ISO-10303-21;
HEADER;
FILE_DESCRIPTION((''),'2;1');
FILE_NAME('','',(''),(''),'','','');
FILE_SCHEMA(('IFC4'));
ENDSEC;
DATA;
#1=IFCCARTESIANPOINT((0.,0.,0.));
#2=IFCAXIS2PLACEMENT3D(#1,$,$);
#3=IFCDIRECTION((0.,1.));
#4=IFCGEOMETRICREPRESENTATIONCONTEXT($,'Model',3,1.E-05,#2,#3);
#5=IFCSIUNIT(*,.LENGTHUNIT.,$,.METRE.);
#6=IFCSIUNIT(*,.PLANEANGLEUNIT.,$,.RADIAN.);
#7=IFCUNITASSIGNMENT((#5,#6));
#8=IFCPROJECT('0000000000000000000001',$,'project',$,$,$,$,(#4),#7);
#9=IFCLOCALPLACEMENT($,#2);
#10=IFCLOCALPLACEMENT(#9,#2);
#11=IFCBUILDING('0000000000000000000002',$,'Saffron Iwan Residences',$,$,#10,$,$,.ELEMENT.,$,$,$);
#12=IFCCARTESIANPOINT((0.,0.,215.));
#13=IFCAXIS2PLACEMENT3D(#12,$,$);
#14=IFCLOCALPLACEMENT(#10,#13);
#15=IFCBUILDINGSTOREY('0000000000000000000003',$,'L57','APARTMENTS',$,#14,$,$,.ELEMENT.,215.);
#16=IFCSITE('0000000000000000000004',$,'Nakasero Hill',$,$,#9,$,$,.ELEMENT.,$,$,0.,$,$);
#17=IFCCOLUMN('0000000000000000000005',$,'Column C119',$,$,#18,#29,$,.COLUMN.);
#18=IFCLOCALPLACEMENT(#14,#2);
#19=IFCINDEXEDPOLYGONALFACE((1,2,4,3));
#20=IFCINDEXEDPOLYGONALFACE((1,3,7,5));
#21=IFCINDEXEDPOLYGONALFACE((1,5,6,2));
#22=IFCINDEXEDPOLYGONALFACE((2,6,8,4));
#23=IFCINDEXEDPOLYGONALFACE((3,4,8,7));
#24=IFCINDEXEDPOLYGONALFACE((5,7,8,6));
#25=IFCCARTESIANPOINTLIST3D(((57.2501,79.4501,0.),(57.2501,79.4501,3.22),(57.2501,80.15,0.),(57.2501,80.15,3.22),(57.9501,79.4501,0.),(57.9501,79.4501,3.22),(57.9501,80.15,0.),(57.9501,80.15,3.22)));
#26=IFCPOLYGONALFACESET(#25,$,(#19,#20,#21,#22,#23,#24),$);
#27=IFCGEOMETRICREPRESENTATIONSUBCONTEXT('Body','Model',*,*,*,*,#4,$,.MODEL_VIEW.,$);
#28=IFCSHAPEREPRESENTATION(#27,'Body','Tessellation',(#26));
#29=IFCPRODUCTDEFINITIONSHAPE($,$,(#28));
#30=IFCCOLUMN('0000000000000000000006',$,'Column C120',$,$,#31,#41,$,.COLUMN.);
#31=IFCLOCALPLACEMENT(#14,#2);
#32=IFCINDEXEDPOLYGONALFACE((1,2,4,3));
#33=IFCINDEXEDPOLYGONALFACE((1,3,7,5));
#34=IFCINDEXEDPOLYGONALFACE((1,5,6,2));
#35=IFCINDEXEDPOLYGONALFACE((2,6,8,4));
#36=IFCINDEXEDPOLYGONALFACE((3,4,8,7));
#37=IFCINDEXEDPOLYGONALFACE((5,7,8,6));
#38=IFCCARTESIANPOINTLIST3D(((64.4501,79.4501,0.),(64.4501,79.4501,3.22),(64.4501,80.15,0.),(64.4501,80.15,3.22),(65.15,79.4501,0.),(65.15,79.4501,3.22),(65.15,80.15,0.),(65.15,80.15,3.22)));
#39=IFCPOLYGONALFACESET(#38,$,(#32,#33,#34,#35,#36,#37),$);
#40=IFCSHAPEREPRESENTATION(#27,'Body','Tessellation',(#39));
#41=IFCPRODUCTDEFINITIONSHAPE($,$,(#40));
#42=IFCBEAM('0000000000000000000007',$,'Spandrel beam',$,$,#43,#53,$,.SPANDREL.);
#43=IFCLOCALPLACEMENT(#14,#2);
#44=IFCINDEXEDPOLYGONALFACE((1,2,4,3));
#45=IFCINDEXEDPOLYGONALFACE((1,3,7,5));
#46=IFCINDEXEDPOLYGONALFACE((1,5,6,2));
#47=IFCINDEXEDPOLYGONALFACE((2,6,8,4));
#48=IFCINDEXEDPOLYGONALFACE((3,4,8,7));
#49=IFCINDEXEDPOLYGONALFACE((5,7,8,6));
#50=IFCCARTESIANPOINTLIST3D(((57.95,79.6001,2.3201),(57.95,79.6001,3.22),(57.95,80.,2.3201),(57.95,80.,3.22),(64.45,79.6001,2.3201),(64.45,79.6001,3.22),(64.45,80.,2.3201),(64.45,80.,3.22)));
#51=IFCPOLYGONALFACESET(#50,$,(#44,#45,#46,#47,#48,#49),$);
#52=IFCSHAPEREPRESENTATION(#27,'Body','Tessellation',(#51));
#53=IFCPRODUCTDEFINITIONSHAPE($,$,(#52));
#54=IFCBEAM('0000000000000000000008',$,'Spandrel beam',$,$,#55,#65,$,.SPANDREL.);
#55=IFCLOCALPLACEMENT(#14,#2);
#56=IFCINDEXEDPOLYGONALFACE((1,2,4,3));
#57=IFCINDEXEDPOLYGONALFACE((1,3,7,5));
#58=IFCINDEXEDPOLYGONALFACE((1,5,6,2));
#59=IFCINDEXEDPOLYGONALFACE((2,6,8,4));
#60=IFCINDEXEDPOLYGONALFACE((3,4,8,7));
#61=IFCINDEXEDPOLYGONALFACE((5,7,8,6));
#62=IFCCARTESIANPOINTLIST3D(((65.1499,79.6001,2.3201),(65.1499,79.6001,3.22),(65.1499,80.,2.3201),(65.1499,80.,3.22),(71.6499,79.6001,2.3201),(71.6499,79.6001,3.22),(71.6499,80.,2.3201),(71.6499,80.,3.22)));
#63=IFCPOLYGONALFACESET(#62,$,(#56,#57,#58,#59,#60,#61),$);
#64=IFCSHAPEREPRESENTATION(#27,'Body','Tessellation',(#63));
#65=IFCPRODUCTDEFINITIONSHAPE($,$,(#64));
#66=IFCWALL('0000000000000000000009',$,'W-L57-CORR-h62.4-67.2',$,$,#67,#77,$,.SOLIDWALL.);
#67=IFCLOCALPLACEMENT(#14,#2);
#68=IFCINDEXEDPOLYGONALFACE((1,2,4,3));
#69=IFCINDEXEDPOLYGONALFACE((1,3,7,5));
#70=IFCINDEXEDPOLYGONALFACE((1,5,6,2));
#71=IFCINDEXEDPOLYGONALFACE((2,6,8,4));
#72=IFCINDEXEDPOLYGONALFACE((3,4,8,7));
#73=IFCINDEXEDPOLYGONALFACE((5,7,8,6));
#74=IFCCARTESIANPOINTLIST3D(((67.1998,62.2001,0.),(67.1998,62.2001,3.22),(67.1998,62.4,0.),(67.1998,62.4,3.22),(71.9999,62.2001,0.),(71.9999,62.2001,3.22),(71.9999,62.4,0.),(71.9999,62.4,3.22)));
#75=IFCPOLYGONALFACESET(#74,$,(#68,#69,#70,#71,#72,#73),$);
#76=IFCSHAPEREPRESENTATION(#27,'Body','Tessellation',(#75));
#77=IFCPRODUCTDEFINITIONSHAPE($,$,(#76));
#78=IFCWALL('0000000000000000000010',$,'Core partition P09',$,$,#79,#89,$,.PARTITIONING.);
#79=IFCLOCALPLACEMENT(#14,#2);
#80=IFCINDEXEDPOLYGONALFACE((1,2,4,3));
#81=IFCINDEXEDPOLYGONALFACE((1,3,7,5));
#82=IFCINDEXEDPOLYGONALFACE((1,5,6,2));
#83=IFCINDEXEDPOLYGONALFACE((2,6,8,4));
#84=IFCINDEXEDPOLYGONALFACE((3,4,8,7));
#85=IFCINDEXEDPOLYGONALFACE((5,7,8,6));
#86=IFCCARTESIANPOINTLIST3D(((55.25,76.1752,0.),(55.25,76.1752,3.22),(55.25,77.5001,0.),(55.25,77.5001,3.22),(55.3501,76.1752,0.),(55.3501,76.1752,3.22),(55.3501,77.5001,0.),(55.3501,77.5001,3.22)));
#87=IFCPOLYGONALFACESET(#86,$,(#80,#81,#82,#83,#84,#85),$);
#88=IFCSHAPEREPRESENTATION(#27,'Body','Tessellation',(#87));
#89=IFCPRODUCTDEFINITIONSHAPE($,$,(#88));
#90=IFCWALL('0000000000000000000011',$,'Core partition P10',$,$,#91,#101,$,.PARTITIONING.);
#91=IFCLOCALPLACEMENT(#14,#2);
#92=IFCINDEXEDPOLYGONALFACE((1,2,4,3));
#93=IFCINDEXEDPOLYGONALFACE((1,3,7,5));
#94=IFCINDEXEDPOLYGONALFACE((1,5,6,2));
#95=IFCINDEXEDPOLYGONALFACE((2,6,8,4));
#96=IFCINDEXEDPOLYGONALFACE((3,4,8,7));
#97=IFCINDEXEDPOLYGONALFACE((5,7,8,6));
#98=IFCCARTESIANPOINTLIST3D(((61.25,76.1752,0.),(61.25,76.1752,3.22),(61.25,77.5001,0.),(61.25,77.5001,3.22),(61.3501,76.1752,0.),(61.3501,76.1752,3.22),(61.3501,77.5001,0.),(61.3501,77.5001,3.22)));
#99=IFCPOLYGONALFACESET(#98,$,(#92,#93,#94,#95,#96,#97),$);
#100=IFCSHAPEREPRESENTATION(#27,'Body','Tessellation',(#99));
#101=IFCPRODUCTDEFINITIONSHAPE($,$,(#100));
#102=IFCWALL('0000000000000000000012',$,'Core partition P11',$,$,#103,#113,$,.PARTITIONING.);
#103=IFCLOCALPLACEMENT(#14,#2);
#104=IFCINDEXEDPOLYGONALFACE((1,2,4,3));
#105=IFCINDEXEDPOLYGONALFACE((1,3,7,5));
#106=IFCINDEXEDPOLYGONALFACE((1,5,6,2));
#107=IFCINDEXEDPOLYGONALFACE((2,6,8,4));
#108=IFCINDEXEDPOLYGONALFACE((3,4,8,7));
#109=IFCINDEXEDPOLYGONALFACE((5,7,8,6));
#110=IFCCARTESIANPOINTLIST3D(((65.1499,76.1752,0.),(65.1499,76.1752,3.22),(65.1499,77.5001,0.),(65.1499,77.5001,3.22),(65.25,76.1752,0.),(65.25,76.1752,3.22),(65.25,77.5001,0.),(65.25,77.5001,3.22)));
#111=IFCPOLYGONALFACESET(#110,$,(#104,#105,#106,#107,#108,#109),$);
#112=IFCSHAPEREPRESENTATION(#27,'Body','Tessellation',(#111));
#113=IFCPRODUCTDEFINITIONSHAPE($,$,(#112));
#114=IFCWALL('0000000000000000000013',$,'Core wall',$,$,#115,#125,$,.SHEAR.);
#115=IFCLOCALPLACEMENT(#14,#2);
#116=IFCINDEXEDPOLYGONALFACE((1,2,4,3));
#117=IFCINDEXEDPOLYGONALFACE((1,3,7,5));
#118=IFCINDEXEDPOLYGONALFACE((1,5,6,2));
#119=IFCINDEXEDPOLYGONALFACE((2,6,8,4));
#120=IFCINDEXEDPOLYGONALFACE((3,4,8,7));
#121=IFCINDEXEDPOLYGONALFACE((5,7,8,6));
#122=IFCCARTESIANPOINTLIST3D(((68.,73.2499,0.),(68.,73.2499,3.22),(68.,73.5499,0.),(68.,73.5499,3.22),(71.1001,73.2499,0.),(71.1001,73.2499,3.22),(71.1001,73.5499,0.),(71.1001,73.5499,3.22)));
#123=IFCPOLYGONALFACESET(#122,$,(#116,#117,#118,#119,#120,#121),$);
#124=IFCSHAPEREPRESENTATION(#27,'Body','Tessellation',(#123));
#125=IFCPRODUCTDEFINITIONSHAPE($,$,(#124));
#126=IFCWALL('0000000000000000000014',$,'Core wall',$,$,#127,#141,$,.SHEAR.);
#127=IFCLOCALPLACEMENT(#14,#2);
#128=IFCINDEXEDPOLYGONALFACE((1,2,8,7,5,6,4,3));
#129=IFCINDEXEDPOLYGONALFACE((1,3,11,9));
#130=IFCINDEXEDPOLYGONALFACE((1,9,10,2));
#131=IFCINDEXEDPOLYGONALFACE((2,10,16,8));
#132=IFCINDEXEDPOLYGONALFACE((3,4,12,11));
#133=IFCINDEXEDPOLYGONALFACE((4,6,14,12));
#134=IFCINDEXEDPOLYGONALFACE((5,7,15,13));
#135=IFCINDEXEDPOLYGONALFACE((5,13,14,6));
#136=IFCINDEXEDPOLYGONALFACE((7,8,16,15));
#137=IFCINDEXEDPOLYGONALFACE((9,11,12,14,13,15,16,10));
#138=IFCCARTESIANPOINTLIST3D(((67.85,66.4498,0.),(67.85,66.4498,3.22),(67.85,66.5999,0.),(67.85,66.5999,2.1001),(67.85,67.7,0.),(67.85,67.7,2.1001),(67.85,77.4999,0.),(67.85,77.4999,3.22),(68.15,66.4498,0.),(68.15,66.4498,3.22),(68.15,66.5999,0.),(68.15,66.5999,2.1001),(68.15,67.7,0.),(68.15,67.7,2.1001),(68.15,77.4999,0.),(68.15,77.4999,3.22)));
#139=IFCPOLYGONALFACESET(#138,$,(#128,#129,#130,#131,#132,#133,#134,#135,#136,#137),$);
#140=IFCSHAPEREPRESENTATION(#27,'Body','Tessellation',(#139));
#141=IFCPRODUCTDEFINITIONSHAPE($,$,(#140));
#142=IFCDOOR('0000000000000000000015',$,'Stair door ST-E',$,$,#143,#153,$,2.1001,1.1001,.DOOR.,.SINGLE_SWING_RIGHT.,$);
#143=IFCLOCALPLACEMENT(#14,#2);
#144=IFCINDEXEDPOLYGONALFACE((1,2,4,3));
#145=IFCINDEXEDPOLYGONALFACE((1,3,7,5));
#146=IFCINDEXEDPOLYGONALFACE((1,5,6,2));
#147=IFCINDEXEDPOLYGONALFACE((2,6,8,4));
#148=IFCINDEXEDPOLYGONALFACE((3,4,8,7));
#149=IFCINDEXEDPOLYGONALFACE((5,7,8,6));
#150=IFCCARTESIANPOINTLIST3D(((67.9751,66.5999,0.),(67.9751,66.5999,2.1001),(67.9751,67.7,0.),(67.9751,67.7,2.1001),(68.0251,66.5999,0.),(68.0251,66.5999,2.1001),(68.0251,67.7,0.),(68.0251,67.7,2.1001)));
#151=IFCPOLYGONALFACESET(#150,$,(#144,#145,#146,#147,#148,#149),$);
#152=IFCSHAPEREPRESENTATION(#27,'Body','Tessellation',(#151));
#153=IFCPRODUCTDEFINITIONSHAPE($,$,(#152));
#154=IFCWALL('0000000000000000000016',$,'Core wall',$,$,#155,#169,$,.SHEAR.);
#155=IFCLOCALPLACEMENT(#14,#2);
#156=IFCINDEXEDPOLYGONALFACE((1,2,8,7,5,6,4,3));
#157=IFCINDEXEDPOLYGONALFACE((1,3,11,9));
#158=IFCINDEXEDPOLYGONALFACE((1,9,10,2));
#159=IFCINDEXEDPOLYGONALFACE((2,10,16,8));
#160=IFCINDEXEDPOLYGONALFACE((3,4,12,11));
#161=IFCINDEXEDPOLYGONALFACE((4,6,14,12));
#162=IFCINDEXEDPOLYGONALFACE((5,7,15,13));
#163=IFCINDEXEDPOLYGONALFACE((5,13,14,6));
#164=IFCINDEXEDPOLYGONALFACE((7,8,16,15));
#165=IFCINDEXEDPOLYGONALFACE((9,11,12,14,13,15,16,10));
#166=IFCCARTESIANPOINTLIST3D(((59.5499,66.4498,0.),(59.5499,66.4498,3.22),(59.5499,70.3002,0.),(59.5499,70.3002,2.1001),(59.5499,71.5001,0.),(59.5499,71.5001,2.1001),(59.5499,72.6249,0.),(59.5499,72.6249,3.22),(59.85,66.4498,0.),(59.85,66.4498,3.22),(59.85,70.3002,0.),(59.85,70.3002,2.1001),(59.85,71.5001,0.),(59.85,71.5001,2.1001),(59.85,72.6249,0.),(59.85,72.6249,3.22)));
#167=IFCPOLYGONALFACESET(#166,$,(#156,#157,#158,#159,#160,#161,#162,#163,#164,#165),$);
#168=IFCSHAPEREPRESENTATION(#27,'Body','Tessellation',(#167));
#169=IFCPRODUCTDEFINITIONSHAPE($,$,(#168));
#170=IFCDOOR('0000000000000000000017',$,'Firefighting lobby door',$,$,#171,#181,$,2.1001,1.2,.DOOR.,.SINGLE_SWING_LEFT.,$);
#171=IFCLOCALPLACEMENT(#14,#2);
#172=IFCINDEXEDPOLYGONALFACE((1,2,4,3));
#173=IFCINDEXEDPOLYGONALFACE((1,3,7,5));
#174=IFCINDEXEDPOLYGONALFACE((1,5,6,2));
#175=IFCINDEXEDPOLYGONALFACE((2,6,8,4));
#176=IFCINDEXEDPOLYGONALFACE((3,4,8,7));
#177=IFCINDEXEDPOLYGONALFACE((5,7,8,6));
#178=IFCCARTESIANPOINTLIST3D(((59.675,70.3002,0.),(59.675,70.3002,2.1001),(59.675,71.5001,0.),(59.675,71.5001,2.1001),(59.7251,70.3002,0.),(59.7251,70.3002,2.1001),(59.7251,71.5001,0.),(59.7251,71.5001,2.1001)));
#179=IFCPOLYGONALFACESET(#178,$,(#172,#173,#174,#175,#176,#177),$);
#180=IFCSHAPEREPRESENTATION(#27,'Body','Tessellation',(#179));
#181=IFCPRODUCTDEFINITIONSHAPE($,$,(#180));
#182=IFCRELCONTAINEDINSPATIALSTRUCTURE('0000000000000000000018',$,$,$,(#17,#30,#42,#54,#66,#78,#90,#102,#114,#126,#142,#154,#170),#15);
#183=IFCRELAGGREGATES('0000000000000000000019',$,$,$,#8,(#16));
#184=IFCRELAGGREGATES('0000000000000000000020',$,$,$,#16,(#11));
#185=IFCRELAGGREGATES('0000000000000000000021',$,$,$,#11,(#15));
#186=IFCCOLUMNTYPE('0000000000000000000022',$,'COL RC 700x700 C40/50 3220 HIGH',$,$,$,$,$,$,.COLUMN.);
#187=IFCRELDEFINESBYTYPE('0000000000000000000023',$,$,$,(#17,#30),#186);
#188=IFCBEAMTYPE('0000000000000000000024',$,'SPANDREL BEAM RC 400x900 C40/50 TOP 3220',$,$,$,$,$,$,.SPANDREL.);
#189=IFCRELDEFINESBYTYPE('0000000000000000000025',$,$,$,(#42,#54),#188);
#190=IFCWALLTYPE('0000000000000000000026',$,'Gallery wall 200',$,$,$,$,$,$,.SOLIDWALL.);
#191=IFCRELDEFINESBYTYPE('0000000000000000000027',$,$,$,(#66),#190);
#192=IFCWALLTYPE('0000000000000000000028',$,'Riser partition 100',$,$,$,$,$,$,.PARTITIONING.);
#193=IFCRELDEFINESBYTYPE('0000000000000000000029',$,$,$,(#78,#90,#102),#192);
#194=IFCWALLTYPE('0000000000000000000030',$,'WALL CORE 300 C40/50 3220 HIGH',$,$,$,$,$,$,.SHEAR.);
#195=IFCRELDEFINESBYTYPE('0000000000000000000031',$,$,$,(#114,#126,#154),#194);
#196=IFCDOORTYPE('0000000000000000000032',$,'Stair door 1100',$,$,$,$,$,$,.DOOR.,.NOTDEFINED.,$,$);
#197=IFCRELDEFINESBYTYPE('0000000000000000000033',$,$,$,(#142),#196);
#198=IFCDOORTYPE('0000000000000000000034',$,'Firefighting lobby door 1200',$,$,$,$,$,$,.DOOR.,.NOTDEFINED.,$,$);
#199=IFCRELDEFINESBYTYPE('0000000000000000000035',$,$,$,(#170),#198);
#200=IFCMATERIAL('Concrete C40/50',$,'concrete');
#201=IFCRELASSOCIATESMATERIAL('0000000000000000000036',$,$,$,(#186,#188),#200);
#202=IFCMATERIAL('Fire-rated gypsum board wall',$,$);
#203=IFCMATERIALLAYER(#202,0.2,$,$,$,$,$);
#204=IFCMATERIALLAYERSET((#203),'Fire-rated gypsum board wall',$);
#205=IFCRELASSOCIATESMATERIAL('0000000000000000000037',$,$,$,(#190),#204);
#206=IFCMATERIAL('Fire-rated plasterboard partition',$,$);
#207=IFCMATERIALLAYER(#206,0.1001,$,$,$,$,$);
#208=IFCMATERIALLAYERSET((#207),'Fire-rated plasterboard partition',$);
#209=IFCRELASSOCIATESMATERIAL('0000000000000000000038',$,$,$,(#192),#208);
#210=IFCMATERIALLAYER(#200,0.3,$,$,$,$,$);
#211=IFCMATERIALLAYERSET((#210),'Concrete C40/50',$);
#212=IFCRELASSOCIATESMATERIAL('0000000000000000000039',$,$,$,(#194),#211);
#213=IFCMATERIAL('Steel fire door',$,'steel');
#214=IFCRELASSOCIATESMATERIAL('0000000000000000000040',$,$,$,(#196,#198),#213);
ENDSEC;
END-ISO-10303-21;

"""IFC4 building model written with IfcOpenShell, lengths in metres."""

from ifc_helpers import new_model, si_unit, direction, frame, frame_2d, origin, origin_2d, place, context, subcontext, project, spatial, rectangle, extrude, source, transform, mapped, material, layer, layer_set, material_profile, profile_set, type_object, element, fill, save


model = new_model("IFC4")

# Units and contexts
model_context = context("Model", 3, precision=1e-05, world=origin(), true_north=direction((0.0, 1.0)))
body_context = subcontext(model_context, "Body", "Model", "MODEL_VIEW")
ifc_project = project(units=[si_unit("LENGTHUNIT", "METRE"), si_unit("PLANEANGLEUNIT", "RADIAN")], contexts=[model_context])

# Site, building, storey
site_placement = place(None, origin())
site = spatial("IfcSite", under=ifc_project, at=site_placement, Name="Nakasero Hill", CompositionType="ELEMENT", RefElevation=0.0)
building_placement = place(site_placement, origin())
building = spatial("IfcBuilding", under=site, at=building_placement, Name="Saffron Iwan Residences", CompositionType="ELEMENT")
storey_placement = place(building_placement, frame((0.0, 0.0, 215.0)))
storey = spatial("IfcBuildingStorey", under=building, at=storey_placement, Name="L57", Description="APARTMENTS", CompositionType="ELEMENT", Elevation=215.0)

# Columns
ifc_material_1 = material(Name="Concrete C40/50", Category="concrete")
ifc_material_profile_1 = material_profile(ifc_material_1, rectangle(XDim=0.7, YDim=0.7, at=origin_2d()), Name="RC 700x700")
ifc_profile_set_1 = profile_set([ifc_material_profile_1], Name="Concrete C40/50")
column_type = type_object("IfcColumnType", Name="COL RC 700x700 C40/50 3220 HIGH", PredefinedType="COLUMN", material=ifc_profile_set_1)
shared_shape_1 = source(origin(), body_context, "Body", "SweptSolid", [
    extrude(rectangle(XDim=0.7, YDim=0.7, at=origin_2d()), origin(), (0.0, 0.0, 1.0), 3.22),
])
for number, where, z_axis, x_axis, name in (
    (1, (57.6001, 79.8, 0.0), (0.0, 0.0, 1.0), (1.0, 0.0, 0.0), "Column C119"),
    (2, (64.8, 79.8, 0.0), (0.0, 0.0, 1.0), (1.0, 0.0, 0.0), "Column C120"),
):
    element("IfcColumn", number, at=place(storey_placement, frame(where, z_axis=z_axis, x_axis=x_axis)), inside=storey, type_object=column_type, Name=name, PredefinedType="COLUMN", context=body_context, shape_type="MappedRepresentation", body=[
        mapped(shared_shape_1, transform((0.0, 0.0, 0.0))),
    ])

# Beams
ifc_material_profile_2 = material_profile(ifc_material_1, rectangle(XDim=0.3999, YDim=0.8999, at=origin_2d()), Name="RC 400x900")
ifc_profile_set_2 = profile_set([ifc_material_profile_2], Name="Concrete C40/50")
beam_type = type_object("IfcBeamType", Name="SPANDREL BEAM RC 400x900 C40/50 TOP 3220", PredefinedType="SPANDREL", material=ifc_profile_set_2)
shared_shape_2 = source(origin(), body_context, "Body", "SweptSolid", [
    extrude(rectangle(XDim=0.3999, YDim=0.8999, at=origin_2d()), origin(), (0.0, 0.0, 1.0), 6.5),
])
for number, where, z_axis, x_axis, name in (
    (3, (57.95, 79.8, 2.77), (1.0, 0.0, 0.0), (0.0, 1.0, 0.0), "Spandrel beam"),
    (4, (65.1499, 79.8, 2.77), (1.0, 0.0, 0.0), (0.0, 1.0, 0.0), "Spandrel beam"),
):
    element("IfcBeam", number, at=place(storey_placement, frame(where, z_axis=z_axis, x_axis=x_axis)), inside=storey, type_object=beam_type, Name=name, PredefinedType="SPANDREL", context=body_context, shape_type="MappedRepresentation", body=[
        mapped(shared_shape_2, transform((0.0, 0.0, 0.0))),
    ])

# Walls
ifc_material_2 = material(Name="Fire-rated gypsum board wall")
ifc_layer_1 = layer(ifc_material_2, 0.2)
ifc_layer_set_1 = layer_set([ifc_layer_1], Name="Fire-rated gypsum board wall")
wall_type_1 = type_object("IfcWallType", Name="Gallery wall 200", PredefinedType="SOLIDWALL", material=ifc_layer_set_1)
wall_1_placement = place(storey_placement, frame((67.2, 62.3, 0.0), z_axis=(0.0, 0.0, 1.0), x_axis=(1.0, 0.0, 0.0)))
element("IfcWall", 5, at=wall_1_placement, inside=storey, type_object=wall_type_1, Name="W-L57-CORR-h62.4-67.2", PredefinedType="SOLIDWALL", context=body_context, shape_type="SweptSolid", body=[
    extrude(rectangle(XDim=4.8, YDim=0.2, at=frame_2d((2.3999, 0.0))), origin(), (0.0, 0.0, 1.0), 3.22),
])
ifc_material_3 = material(Name="Fire-rated plasterboard partition")
ifc_layer_2 = layer(ifc_material_3, 0.1001)
ifc_layer_set_2 = layer_set([ifc_layer_2], Name="Fire-rated plasterboard partition")
wall_type_2 = type_object("IfcWallType", Name="Riser partition 100", PredefinedType="PARTITIONING", material=ifc_layer_set_2)
for number, where, z_axis, x_axis, name in (
    (6, (55.3, 76.175, 0.0), (0.0, 0.0, 1.0), (0.0, 1.0, 0.0), "Core partition P09"),
    (7, (61.3, 76.175, 0.0), (0.0, 0.0, 1.0), (0.0, 1.0, 0.0), "Core partition P10"),
    (8, (65.2, 76.175, 0.0), (0.0, 0.0, 1.0), (0.0, 1.0, 0.0), "Core partition P11"),
):
    element("IfcWall", number, at=place(storey_placement, frame(where, z_axis=z_axis, x_axis=x_axis)), inside=storey, type_object=wall_type_2, Name=name, PredefinedType="PARTITIONING", context=body_context, shape_type="SweptSolid", body=[
        extrude(rectangle(XDim=1.325, YDim=0.1001, at=frame_2d((0.6626, 0.0))), origin(), (0.0, 0.0, 1.0), 3.22),
    ])
ifc_layer_3 = layer(ifc_material_1, 0.3)
ifc_layer_set_3 = layer_set([ifc_layer_3], Name="Concrete C40/50")
wall_type_3 = type_object("IfcWallType", Name="WALL CORE 300 C40/50 3220 HIGH", PredefinedType="SHEAR", material=ifc_layer_set_3)
wall_2_placement = place(storey_placement, frame((68.0, 73.3999, 0.0), z_axis=(0.0, 0.0, 1.0), x_axis=(1.0, 0.0, 0.0)))
element("IfcWall", 9, at=wall_2_placement, inside=storey, type_object=wall_type_3, Name="Core wall", PredefinedType="SHEAR", context=body_context, shape_type="SweptSolid", body=[
    extrude(rectangle(XDim=3.1001, YDim=0.3, at=frame_2d((1.55, 0.0))), origin(), (0.0, 0.0, 1.0), 3.22),
])

# Walls, openings, doors
wall_3_placement = place(storey_placement, frame((68.0, 66.45, 0.0), z_axis=(0.0, 0.0, 1.0), x_axis=(0.0, 1.0, 0.0)))
wall_3 = element("IfcWall", 10, at=wall_3_placement, inside=storey, type_object=wall_type_3, Name="Core wall", PredefinedType="SHEAR", context=body_context, shape_type="SweptSolid", body=[
    extrude(rectangle(XDim=11.05, YDim=0.3, at=frame_2d((5.5249, 0.0))), origin(), (0.0, 0.0, 1.0), 3.22),
])
opening_1_placement = place(wall_3_placement, frame((0.1499, 0.0, 0.0)))
opening_1 = element("IfcOpeningElement", 11, at=opening_1_placement, cuts=wall_3, PredefinedType="OPENING", context=body_context, shape_type="SweptSolid", body=[
    extrude(rectangle(XDim=1.1001, YDim=2.1001, at=frame_2d((0.55, 1.05))), frame((0.0, 0.1602, 0.0), z_axis=(0.0, -1.0, 0.0), x_axis=(1.0, 0.0, 0.0)), (0.0, 0.0, 1.0), 0.3201),
])
ifc_material_4 = material(Name="Steel fire door", Category="steel")
door_type_1 = type_object("IfcDoorType", Name="Stair door 1100", OperationType="NOTDEFINED", PredefinedType="DOOR", material=ifc_material_4)
door_1_placement = place(opening_1_placement, origin())
door_1 = element("IfcDoor", 12, at=door_1_placement, inside=storey, type_object=door_type_1, Name="Stair door ST-E", OperationType="SINGLE_SWING_RIGHT", OverallHeight=2.1001, OverallWidth=1.1001, PredefinedType="DOOR", context=body_context, shape_type="SweptSolid", body=[
    extrude(rectangle(XDim=1.1001, YDim=2.1001, at=frame_2d((0.55, 1.05))), frame((0.0, 0.0249, 0.0), z_axis=(0.0, -1.0, 0.0), x_axis=(1.0, 0.0, 0.0)), (0.0, 0.0, 1.0), 0.05),
])
fill(opening_1, door_1)
wall_4_placement = place(storey_placement, frame((59.7, 66.45, 0.0), z_axis=(0.0, 0.0, 1.0), x_axis=(0.0, 1.0, 0.0)))
wall_4 = element("IfcWall", 13, at=wall_4_placement, inside=storey, type_object=wall_type_3, Name="Core wall", PredefinedType="SHEAR", context=body_context, shape_type="SweptSolid", body=[
    extrude(rectangle(XDim=6.175, YDim=0.3, at=frame_2d((3.0874, 0.0))), origin(), (0.0, 0.0, 1.0), 3.22),
])
opening_2_placement = place(wall_4_placement, frame((3.8501, 0.0, 0.0)))
opening_2 = element("IfcOpeningElement", 14, at=opening_2_placement, cuts=wall_4, PredefinedType="OPENING", context=body_context, shape_type="SweptSolid", body=[
    extrude(rectangle(XDim=1.2, YDim=2.1001, at=frame_2d((0.6001, 1.05))), frame((0.0, 0.1602, 0.0), z_axis=(0.0, -1.0, 0.0), x_axis=(1.0, 0.0, 0.0)), (0.0, 0.0, 1.0), 0.3201),
])
door_type_2 = type_object("IfcDoorType", Name="Firefighting lobby door 1200", OperationType="NOTDEFINED", PredefinedType="DOOR", material=ifc_material_4)
door_2_placement = place(opening_2_placement, origin())
door_2 = element("IfcDoor", 15, at=door_2_placement, inside=storey, type_object=door_type_2, Name="Firefighting lobby door", OperationType="SINGLE_SWING_LEFT", OverallHeight=2.1001, OverallWidth=1.2, PredefinedType="DOOR", context=body_context, shape_type="SweptSolid", body=[
    extrude(rectangle(XDim=1.2, YDim=2.1001, at=frame_2d((0.6001, 1.05))), frame((0.0, 0.0249, 0.0), z_axis=(0.0, -1.0, 0.0), x_axis=(1.0, 0.0, 0.0)), (0.0, 0.0, 1.0), 0.05),
])
fill(opening_2, door_2)

save(model, "model.ifc")
